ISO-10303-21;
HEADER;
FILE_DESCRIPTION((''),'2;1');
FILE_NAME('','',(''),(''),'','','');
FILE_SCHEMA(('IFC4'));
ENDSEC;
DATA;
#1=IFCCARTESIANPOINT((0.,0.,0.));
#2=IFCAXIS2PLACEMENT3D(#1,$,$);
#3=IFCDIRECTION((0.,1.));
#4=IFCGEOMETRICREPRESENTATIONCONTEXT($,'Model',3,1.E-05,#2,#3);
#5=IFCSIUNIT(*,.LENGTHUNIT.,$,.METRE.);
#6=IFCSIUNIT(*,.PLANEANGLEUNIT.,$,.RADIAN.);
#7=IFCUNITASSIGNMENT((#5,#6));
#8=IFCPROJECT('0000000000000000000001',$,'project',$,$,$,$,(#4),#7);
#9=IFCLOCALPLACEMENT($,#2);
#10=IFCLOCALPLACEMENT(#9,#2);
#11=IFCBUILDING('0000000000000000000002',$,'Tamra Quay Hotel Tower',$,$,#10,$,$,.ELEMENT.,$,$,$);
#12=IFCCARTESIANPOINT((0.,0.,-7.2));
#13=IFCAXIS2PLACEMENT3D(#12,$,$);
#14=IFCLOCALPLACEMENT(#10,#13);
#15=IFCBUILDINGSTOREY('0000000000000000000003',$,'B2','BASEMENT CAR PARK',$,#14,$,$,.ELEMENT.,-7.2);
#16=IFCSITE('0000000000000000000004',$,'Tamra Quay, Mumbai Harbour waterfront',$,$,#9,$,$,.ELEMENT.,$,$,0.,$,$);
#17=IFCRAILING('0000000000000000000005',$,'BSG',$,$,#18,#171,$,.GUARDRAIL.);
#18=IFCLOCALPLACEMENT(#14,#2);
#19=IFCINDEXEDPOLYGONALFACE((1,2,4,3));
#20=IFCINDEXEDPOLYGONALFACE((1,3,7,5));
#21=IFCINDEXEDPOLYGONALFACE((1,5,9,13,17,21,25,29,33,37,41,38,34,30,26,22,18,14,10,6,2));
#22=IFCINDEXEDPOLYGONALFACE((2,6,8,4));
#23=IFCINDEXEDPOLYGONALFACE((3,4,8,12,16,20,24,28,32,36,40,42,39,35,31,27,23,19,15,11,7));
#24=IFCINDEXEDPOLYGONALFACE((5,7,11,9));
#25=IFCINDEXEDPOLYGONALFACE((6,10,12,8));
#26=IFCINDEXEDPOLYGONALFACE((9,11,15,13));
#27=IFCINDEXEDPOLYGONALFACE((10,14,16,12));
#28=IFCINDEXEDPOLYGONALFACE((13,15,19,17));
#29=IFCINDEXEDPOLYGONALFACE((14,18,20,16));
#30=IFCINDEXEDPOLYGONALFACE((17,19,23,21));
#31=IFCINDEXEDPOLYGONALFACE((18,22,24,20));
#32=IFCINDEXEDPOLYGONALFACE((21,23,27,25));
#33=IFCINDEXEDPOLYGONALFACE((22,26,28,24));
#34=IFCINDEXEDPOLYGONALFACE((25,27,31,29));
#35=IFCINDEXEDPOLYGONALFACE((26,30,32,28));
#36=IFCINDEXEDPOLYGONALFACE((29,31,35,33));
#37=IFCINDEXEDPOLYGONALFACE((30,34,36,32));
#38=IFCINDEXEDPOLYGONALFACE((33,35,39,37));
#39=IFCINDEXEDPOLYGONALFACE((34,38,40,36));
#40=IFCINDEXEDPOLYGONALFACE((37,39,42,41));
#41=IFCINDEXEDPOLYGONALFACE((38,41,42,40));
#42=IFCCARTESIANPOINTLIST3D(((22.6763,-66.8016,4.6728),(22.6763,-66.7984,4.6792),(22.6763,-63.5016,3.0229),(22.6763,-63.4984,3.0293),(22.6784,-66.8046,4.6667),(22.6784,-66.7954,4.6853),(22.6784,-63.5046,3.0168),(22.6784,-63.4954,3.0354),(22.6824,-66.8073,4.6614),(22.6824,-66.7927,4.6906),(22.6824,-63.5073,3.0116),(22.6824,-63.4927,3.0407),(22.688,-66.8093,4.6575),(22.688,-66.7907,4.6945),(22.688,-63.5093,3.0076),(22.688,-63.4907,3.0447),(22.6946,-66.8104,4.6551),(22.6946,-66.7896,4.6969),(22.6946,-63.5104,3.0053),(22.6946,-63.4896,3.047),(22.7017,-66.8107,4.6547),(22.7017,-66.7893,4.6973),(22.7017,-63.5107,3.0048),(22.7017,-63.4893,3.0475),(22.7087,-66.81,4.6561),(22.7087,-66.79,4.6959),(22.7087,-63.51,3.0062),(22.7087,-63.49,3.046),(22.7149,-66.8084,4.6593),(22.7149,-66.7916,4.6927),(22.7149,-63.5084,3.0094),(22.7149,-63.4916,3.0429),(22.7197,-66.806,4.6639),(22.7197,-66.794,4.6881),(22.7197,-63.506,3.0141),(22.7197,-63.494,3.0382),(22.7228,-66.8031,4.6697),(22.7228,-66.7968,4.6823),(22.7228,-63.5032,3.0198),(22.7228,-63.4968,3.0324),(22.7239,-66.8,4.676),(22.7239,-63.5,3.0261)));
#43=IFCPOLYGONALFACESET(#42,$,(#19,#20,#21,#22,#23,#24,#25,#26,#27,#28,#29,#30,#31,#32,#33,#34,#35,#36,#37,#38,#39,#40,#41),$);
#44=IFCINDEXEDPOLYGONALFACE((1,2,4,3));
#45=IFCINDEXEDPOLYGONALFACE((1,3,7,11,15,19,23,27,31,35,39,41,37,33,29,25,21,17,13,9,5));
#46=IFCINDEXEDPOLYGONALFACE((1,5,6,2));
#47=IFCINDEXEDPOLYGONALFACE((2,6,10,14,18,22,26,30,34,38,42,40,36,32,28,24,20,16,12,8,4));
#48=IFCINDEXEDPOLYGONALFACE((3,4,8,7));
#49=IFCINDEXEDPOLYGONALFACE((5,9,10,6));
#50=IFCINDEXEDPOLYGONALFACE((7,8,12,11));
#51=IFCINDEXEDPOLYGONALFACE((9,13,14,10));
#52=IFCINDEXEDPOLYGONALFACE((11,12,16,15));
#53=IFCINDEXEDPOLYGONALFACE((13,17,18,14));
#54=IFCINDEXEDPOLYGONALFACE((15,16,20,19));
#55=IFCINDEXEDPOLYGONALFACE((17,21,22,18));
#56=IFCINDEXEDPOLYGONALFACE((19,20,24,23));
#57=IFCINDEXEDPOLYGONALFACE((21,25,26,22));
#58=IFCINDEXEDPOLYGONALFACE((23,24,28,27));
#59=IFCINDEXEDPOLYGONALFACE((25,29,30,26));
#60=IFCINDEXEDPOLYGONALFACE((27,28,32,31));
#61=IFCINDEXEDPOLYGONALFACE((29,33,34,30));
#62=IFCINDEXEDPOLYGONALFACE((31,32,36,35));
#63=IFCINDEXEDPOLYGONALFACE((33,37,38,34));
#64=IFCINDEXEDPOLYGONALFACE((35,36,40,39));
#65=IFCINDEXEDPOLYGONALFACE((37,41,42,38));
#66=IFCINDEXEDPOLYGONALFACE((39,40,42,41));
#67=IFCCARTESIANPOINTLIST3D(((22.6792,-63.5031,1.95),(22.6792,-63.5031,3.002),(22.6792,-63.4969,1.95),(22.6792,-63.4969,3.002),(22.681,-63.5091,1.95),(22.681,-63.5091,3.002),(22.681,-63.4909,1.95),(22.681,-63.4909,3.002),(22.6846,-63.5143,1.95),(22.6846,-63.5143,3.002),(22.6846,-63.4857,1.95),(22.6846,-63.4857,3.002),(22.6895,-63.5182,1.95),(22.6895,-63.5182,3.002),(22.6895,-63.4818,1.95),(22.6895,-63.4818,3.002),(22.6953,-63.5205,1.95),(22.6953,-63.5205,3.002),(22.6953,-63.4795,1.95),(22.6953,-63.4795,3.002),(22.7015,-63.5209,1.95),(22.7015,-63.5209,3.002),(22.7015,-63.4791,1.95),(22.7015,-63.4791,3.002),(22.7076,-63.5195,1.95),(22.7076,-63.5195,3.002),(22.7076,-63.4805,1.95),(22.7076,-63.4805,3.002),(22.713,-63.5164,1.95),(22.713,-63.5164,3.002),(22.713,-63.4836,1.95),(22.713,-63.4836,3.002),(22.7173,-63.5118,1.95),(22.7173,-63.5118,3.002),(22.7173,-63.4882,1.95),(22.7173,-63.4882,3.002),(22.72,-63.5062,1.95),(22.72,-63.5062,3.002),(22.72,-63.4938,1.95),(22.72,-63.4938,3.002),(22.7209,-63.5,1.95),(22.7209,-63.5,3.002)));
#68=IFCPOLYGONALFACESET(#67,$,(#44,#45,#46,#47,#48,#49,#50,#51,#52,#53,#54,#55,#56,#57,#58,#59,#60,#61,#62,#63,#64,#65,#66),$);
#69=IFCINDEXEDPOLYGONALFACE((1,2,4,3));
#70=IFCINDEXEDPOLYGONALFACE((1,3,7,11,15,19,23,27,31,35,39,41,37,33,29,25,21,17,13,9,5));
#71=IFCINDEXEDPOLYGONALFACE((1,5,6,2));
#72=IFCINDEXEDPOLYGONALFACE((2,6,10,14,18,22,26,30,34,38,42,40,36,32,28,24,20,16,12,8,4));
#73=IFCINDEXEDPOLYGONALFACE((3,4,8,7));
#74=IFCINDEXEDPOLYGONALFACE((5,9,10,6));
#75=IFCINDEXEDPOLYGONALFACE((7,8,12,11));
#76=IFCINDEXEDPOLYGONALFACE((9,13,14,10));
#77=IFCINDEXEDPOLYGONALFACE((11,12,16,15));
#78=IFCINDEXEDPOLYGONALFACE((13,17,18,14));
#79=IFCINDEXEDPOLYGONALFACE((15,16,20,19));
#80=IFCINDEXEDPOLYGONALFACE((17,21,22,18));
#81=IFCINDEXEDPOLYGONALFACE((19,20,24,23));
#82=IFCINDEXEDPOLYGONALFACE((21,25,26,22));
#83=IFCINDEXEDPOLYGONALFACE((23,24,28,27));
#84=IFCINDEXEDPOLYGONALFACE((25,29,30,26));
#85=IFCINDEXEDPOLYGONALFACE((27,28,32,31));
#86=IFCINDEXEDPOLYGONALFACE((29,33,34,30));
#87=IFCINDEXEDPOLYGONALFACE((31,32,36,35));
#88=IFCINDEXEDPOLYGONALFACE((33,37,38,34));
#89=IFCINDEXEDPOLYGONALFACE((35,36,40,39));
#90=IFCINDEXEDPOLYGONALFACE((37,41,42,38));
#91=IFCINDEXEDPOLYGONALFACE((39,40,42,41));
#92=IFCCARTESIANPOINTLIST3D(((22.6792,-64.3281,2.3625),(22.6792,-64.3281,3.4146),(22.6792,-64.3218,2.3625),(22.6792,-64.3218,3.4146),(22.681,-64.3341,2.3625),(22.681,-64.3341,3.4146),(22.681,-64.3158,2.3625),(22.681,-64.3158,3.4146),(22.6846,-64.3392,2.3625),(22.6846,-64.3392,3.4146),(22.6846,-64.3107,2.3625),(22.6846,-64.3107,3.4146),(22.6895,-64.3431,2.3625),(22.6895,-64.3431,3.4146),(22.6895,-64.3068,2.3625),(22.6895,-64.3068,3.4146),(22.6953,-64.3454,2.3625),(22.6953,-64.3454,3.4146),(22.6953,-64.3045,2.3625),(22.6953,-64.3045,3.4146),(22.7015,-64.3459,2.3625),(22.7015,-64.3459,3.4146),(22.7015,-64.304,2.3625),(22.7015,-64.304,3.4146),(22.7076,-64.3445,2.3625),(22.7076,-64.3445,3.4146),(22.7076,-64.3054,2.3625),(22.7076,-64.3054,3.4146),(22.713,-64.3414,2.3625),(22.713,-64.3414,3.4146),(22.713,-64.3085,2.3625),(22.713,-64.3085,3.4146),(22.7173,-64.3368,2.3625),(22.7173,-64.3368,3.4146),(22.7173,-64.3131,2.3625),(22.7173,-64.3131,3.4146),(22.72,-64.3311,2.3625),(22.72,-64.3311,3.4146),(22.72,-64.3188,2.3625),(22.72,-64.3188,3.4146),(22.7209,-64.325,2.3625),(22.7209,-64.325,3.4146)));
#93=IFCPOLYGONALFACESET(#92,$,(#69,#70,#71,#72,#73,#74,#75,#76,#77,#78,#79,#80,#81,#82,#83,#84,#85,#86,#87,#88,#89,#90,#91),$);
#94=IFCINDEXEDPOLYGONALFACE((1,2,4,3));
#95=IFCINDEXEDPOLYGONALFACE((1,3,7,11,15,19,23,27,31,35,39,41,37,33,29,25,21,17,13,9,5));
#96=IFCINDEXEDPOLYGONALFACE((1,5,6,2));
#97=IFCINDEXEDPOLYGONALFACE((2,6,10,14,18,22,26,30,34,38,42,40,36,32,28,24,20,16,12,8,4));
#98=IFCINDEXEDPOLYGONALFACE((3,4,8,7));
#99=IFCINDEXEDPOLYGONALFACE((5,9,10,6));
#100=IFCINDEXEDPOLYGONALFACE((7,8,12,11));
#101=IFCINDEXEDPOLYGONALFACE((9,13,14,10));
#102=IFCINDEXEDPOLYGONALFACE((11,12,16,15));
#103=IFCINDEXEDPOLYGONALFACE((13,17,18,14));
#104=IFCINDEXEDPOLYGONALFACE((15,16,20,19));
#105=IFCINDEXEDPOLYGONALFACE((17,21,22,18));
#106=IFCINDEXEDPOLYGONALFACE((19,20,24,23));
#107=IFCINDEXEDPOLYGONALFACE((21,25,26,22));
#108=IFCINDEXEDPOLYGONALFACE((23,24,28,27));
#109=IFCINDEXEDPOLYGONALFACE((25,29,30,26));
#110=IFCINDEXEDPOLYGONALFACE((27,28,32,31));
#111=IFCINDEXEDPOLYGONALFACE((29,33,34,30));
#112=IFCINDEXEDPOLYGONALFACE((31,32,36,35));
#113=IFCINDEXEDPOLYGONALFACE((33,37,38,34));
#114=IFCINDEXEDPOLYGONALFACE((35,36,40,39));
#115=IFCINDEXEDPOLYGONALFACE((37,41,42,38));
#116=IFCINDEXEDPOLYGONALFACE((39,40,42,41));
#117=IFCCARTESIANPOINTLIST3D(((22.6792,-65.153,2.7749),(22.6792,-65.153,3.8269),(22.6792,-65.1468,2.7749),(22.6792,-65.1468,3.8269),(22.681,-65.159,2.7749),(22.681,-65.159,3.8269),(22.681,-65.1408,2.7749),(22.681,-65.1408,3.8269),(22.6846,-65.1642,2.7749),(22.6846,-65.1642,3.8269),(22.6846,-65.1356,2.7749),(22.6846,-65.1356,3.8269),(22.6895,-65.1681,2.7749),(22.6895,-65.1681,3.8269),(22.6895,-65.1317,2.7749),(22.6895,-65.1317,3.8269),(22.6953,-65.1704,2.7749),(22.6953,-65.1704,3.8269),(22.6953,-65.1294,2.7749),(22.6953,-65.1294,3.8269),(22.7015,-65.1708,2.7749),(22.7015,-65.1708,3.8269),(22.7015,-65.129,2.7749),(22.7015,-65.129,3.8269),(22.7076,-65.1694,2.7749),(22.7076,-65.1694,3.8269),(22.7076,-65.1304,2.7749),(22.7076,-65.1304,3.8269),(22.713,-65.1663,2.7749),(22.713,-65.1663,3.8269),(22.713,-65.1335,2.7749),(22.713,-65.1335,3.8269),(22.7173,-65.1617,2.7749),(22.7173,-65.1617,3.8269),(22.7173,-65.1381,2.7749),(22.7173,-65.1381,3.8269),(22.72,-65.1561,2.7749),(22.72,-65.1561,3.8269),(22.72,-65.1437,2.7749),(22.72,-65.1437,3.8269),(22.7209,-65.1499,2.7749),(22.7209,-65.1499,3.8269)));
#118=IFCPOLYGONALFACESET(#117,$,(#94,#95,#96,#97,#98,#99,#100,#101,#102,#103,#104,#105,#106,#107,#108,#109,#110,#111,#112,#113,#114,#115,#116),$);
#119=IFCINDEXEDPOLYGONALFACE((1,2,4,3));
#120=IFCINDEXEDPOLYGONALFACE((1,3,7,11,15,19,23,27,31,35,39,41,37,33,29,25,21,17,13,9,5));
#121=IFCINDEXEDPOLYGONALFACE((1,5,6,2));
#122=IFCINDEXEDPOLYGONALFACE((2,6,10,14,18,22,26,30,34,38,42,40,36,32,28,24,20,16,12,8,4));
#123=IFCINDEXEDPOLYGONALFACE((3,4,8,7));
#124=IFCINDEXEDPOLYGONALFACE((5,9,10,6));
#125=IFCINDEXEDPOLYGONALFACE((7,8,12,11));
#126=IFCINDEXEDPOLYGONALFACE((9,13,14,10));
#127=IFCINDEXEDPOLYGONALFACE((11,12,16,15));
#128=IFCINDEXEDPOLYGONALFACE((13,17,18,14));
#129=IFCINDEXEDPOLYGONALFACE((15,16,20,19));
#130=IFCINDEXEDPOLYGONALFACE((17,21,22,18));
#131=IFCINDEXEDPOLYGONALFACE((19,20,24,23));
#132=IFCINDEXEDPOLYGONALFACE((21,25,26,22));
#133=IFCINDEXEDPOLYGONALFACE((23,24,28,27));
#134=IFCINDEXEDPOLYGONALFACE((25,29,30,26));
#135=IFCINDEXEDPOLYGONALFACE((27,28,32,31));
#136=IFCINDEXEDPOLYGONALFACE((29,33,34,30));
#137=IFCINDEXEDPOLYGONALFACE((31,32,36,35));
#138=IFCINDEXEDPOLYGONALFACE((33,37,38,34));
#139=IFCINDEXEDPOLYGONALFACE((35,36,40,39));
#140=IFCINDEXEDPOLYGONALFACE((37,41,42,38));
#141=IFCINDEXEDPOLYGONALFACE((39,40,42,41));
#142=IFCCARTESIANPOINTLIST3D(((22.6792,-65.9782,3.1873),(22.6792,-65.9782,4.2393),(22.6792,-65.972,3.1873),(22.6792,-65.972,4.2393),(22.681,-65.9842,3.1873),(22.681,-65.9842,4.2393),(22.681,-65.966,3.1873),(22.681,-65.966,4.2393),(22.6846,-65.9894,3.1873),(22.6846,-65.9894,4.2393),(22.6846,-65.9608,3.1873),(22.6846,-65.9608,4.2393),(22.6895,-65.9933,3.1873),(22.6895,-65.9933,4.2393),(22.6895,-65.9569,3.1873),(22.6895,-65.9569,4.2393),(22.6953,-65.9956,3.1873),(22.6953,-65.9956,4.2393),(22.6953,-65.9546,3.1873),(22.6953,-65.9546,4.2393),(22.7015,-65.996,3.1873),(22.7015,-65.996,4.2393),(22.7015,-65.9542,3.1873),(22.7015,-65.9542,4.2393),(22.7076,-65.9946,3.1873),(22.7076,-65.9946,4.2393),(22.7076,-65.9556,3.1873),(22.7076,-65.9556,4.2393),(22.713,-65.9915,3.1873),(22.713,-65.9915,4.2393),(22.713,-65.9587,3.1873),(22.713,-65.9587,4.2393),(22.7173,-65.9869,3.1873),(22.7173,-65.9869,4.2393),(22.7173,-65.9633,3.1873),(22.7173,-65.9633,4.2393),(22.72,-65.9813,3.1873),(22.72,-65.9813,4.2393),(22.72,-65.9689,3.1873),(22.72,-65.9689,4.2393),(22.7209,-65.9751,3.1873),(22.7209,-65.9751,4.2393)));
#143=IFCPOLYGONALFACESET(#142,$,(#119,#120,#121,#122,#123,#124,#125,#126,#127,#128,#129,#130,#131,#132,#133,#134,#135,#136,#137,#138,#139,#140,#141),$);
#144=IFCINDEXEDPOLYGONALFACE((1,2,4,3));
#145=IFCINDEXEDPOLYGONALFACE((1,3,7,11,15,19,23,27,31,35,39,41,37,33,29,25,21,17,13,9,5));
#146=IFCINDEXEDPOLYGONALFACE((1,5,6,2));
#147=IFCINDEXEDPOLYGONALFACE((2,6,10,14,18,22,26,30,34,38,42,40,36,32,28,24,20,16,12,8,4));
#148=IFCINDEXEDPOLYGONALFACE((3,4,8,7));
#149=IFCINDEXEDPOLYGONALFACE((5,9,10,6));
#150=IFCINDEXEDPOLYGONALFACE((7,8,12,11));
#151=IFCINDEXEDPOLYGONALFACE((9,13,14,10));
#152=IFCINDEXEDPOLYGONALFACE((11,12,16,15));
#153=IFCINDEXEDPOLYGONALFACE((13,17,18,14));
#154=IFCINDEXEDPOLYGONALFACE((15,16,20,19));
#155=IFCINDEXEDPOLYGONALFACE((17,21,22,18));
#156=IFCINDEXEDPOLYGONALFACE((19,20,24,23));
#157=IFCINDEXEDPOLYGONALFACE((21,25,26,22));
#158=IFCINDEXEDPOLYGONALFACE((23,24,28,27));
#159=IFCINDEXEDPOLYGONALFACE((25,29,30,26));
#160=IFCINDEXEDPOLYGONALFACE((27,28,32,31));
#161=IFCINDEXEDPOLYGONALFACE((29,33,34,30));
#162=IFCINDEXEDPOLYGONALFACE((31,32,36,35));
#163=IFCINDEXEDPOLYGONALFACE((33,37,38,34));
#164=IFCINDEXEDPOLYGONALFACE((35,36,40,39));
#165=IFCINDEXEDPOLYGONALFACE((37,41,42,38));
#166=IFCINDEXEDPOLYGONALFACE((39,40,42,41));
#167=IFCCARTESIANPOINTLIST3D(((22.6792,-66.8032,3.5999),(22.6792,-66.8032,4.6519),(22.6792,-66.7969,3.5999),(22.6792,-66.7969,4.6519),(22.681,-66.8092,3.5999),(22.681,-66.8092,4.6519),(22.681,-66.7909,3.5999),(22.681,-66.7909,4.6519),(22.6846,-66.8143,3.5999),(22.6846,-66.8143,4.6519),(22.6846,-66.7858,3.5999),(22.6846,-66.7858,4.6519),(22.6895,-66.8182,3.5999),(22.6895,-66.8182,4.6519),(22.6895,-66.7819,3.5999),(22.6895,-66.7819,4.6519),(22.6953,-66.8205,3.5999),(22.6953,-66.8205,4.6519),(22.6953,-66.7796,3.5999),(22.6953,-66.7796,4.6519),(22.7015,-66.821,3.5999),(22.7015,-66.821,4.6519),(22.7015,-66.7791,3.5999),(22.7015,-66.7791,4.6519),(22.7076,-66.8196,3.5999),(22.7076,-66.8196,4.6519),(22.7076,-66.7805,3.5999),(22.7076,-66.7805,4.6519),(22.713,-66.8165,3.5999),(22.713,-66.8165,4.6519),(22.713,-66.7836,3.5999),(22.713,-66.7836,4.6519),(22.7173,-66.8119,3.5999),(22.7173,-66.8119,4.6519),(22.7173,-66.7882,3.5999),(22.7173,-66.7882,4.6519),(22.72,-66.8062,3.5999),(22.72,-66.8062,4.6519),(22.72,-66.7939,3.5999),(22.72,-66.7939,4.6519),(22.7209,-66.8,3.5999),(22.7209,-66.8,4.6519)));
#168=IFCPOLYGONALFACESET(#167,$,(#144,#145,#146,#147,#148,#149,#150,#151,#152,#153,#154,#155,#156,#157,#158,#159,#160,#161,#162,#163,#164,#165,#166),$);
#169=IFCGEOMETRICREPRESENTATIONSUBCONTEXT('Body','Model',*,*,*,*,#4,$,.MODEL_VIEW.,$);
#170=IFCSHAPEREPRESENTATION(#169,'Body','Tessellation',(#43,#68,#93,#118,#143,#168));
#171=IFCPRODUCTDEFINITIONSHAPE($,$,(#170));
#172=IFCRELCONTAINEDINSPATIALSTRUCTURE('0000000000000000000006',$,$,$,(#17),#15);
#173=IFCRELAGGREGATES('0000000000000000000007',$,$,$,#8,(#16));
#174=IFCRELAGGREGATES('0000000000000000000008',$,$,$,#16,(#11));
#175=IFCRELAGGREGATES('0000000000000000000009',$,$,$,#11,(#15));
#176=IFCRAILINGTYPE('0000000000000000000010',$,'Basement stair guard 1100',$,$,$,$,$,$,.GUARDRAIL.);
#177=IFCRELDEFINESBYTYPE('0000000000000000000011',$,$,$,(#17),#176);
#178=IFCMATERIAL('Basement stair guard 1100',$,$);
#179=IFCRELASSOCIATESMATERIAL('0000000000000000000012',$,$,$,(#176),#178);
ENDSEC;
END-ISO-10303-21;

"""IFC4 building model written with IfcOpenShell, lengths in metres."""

from ifc_helpers import new_model, si_unit, direction, frame, origin, origin_2d, place, context, subcontext, project, spatial, circle, extrude, material, type_object, element, save


model = new_model("IFC4")

# Units and contexts
model_context = context("Model", 3, precision=1e-05, world=origin(), true_north=direction((0.0, 1.0)))
body_context = subcontext(model_context, "Body", "Model", "MODEL_VIEW")
ifc_project = project(units=[si_unit("LENGTHUNIT", "METRE"), si_unit("PLANEANGLEUNIT", "RADIAN")], contexts=[model_context])

# Site, building, storey
site_placement = place(None, origin())
site = spatial("IfcSite", under=ifc_project, at=site_placement, Name="Tamra Quay, Mumbai Harbour waterfront", CompositionType="ELEMENT", RefElevation=0.0)
building_placement = place(site_placement, origin())
building = spatial("IfcBuilding", under=site, at=building_placement, Name="Tamra Quay Hotel Tower", CompositionType="ELEMENT")
storey_placement = place(building_placement, frame((0.0, 0.0, -7.2)))
storey = spatial("IfcBuildingStorey", under=building, at=storey_placement, Name="B2", Description="BASEMENT CAR PARK", CompositionType="ELEMENT", Elevation=-7.2)

# Railing
ifc_material_1 = material(Name="Basement stair guard 1100")
railing_type_1 = type_object("IfcRailingType", Name="Basement stair guard 1100", PredefinedType="GUARDRAIL", material=ifc_material_1)
railing_1_placement = place(storey_placement, frame((22.7, -63.5, 1.95)))
element("IfcRailing", 1, at=railing_1_placement, inside=storey, type_object=railing_type_1, Name="BSG", PredefinedType="GUARDRAIL", context=body_context, shape_type="SweptSolid", body=[
    extrude(circle(Radius=0.0239, at=origin_2d()), frame((0.0, 0.0, 1.0762), z_axis=(0.0, -0.89444, 0.447187), x_axis=(1.0, 0.0, 0.0)), (0.0, 0.0, 1.0), 3.6895),
    extrude(circle(Radius=0.021, at=origin_2d()), origin(), (0.0, 0.0, 1.0), 1.052),
    extrude(circle(Radius=0.021, at=origin_2d()), frame((0.0, -0.825, 0.4126)), (0.0, 0.0, 1.0), 1.052),
    extrude(circle(Radius=0.021, at=origin_2d()), frame((0.0, -1.6499, 0.825)), (0.0, 0.0, 1.0), 1.052),
    extrude(circle(Radius=0.021, at=origin_2d()), frame((0.0, -2.4751, 1.2373)), (0.0, 0.0, 1.0), 1.052),
    extrude(circle(Radius=0.021, at=origin_2d()), frame((0.0, -3.3, 1.6499)), (0.0, 0.0, 1.0), 1.052),
])

save(model, "model.ifc")
